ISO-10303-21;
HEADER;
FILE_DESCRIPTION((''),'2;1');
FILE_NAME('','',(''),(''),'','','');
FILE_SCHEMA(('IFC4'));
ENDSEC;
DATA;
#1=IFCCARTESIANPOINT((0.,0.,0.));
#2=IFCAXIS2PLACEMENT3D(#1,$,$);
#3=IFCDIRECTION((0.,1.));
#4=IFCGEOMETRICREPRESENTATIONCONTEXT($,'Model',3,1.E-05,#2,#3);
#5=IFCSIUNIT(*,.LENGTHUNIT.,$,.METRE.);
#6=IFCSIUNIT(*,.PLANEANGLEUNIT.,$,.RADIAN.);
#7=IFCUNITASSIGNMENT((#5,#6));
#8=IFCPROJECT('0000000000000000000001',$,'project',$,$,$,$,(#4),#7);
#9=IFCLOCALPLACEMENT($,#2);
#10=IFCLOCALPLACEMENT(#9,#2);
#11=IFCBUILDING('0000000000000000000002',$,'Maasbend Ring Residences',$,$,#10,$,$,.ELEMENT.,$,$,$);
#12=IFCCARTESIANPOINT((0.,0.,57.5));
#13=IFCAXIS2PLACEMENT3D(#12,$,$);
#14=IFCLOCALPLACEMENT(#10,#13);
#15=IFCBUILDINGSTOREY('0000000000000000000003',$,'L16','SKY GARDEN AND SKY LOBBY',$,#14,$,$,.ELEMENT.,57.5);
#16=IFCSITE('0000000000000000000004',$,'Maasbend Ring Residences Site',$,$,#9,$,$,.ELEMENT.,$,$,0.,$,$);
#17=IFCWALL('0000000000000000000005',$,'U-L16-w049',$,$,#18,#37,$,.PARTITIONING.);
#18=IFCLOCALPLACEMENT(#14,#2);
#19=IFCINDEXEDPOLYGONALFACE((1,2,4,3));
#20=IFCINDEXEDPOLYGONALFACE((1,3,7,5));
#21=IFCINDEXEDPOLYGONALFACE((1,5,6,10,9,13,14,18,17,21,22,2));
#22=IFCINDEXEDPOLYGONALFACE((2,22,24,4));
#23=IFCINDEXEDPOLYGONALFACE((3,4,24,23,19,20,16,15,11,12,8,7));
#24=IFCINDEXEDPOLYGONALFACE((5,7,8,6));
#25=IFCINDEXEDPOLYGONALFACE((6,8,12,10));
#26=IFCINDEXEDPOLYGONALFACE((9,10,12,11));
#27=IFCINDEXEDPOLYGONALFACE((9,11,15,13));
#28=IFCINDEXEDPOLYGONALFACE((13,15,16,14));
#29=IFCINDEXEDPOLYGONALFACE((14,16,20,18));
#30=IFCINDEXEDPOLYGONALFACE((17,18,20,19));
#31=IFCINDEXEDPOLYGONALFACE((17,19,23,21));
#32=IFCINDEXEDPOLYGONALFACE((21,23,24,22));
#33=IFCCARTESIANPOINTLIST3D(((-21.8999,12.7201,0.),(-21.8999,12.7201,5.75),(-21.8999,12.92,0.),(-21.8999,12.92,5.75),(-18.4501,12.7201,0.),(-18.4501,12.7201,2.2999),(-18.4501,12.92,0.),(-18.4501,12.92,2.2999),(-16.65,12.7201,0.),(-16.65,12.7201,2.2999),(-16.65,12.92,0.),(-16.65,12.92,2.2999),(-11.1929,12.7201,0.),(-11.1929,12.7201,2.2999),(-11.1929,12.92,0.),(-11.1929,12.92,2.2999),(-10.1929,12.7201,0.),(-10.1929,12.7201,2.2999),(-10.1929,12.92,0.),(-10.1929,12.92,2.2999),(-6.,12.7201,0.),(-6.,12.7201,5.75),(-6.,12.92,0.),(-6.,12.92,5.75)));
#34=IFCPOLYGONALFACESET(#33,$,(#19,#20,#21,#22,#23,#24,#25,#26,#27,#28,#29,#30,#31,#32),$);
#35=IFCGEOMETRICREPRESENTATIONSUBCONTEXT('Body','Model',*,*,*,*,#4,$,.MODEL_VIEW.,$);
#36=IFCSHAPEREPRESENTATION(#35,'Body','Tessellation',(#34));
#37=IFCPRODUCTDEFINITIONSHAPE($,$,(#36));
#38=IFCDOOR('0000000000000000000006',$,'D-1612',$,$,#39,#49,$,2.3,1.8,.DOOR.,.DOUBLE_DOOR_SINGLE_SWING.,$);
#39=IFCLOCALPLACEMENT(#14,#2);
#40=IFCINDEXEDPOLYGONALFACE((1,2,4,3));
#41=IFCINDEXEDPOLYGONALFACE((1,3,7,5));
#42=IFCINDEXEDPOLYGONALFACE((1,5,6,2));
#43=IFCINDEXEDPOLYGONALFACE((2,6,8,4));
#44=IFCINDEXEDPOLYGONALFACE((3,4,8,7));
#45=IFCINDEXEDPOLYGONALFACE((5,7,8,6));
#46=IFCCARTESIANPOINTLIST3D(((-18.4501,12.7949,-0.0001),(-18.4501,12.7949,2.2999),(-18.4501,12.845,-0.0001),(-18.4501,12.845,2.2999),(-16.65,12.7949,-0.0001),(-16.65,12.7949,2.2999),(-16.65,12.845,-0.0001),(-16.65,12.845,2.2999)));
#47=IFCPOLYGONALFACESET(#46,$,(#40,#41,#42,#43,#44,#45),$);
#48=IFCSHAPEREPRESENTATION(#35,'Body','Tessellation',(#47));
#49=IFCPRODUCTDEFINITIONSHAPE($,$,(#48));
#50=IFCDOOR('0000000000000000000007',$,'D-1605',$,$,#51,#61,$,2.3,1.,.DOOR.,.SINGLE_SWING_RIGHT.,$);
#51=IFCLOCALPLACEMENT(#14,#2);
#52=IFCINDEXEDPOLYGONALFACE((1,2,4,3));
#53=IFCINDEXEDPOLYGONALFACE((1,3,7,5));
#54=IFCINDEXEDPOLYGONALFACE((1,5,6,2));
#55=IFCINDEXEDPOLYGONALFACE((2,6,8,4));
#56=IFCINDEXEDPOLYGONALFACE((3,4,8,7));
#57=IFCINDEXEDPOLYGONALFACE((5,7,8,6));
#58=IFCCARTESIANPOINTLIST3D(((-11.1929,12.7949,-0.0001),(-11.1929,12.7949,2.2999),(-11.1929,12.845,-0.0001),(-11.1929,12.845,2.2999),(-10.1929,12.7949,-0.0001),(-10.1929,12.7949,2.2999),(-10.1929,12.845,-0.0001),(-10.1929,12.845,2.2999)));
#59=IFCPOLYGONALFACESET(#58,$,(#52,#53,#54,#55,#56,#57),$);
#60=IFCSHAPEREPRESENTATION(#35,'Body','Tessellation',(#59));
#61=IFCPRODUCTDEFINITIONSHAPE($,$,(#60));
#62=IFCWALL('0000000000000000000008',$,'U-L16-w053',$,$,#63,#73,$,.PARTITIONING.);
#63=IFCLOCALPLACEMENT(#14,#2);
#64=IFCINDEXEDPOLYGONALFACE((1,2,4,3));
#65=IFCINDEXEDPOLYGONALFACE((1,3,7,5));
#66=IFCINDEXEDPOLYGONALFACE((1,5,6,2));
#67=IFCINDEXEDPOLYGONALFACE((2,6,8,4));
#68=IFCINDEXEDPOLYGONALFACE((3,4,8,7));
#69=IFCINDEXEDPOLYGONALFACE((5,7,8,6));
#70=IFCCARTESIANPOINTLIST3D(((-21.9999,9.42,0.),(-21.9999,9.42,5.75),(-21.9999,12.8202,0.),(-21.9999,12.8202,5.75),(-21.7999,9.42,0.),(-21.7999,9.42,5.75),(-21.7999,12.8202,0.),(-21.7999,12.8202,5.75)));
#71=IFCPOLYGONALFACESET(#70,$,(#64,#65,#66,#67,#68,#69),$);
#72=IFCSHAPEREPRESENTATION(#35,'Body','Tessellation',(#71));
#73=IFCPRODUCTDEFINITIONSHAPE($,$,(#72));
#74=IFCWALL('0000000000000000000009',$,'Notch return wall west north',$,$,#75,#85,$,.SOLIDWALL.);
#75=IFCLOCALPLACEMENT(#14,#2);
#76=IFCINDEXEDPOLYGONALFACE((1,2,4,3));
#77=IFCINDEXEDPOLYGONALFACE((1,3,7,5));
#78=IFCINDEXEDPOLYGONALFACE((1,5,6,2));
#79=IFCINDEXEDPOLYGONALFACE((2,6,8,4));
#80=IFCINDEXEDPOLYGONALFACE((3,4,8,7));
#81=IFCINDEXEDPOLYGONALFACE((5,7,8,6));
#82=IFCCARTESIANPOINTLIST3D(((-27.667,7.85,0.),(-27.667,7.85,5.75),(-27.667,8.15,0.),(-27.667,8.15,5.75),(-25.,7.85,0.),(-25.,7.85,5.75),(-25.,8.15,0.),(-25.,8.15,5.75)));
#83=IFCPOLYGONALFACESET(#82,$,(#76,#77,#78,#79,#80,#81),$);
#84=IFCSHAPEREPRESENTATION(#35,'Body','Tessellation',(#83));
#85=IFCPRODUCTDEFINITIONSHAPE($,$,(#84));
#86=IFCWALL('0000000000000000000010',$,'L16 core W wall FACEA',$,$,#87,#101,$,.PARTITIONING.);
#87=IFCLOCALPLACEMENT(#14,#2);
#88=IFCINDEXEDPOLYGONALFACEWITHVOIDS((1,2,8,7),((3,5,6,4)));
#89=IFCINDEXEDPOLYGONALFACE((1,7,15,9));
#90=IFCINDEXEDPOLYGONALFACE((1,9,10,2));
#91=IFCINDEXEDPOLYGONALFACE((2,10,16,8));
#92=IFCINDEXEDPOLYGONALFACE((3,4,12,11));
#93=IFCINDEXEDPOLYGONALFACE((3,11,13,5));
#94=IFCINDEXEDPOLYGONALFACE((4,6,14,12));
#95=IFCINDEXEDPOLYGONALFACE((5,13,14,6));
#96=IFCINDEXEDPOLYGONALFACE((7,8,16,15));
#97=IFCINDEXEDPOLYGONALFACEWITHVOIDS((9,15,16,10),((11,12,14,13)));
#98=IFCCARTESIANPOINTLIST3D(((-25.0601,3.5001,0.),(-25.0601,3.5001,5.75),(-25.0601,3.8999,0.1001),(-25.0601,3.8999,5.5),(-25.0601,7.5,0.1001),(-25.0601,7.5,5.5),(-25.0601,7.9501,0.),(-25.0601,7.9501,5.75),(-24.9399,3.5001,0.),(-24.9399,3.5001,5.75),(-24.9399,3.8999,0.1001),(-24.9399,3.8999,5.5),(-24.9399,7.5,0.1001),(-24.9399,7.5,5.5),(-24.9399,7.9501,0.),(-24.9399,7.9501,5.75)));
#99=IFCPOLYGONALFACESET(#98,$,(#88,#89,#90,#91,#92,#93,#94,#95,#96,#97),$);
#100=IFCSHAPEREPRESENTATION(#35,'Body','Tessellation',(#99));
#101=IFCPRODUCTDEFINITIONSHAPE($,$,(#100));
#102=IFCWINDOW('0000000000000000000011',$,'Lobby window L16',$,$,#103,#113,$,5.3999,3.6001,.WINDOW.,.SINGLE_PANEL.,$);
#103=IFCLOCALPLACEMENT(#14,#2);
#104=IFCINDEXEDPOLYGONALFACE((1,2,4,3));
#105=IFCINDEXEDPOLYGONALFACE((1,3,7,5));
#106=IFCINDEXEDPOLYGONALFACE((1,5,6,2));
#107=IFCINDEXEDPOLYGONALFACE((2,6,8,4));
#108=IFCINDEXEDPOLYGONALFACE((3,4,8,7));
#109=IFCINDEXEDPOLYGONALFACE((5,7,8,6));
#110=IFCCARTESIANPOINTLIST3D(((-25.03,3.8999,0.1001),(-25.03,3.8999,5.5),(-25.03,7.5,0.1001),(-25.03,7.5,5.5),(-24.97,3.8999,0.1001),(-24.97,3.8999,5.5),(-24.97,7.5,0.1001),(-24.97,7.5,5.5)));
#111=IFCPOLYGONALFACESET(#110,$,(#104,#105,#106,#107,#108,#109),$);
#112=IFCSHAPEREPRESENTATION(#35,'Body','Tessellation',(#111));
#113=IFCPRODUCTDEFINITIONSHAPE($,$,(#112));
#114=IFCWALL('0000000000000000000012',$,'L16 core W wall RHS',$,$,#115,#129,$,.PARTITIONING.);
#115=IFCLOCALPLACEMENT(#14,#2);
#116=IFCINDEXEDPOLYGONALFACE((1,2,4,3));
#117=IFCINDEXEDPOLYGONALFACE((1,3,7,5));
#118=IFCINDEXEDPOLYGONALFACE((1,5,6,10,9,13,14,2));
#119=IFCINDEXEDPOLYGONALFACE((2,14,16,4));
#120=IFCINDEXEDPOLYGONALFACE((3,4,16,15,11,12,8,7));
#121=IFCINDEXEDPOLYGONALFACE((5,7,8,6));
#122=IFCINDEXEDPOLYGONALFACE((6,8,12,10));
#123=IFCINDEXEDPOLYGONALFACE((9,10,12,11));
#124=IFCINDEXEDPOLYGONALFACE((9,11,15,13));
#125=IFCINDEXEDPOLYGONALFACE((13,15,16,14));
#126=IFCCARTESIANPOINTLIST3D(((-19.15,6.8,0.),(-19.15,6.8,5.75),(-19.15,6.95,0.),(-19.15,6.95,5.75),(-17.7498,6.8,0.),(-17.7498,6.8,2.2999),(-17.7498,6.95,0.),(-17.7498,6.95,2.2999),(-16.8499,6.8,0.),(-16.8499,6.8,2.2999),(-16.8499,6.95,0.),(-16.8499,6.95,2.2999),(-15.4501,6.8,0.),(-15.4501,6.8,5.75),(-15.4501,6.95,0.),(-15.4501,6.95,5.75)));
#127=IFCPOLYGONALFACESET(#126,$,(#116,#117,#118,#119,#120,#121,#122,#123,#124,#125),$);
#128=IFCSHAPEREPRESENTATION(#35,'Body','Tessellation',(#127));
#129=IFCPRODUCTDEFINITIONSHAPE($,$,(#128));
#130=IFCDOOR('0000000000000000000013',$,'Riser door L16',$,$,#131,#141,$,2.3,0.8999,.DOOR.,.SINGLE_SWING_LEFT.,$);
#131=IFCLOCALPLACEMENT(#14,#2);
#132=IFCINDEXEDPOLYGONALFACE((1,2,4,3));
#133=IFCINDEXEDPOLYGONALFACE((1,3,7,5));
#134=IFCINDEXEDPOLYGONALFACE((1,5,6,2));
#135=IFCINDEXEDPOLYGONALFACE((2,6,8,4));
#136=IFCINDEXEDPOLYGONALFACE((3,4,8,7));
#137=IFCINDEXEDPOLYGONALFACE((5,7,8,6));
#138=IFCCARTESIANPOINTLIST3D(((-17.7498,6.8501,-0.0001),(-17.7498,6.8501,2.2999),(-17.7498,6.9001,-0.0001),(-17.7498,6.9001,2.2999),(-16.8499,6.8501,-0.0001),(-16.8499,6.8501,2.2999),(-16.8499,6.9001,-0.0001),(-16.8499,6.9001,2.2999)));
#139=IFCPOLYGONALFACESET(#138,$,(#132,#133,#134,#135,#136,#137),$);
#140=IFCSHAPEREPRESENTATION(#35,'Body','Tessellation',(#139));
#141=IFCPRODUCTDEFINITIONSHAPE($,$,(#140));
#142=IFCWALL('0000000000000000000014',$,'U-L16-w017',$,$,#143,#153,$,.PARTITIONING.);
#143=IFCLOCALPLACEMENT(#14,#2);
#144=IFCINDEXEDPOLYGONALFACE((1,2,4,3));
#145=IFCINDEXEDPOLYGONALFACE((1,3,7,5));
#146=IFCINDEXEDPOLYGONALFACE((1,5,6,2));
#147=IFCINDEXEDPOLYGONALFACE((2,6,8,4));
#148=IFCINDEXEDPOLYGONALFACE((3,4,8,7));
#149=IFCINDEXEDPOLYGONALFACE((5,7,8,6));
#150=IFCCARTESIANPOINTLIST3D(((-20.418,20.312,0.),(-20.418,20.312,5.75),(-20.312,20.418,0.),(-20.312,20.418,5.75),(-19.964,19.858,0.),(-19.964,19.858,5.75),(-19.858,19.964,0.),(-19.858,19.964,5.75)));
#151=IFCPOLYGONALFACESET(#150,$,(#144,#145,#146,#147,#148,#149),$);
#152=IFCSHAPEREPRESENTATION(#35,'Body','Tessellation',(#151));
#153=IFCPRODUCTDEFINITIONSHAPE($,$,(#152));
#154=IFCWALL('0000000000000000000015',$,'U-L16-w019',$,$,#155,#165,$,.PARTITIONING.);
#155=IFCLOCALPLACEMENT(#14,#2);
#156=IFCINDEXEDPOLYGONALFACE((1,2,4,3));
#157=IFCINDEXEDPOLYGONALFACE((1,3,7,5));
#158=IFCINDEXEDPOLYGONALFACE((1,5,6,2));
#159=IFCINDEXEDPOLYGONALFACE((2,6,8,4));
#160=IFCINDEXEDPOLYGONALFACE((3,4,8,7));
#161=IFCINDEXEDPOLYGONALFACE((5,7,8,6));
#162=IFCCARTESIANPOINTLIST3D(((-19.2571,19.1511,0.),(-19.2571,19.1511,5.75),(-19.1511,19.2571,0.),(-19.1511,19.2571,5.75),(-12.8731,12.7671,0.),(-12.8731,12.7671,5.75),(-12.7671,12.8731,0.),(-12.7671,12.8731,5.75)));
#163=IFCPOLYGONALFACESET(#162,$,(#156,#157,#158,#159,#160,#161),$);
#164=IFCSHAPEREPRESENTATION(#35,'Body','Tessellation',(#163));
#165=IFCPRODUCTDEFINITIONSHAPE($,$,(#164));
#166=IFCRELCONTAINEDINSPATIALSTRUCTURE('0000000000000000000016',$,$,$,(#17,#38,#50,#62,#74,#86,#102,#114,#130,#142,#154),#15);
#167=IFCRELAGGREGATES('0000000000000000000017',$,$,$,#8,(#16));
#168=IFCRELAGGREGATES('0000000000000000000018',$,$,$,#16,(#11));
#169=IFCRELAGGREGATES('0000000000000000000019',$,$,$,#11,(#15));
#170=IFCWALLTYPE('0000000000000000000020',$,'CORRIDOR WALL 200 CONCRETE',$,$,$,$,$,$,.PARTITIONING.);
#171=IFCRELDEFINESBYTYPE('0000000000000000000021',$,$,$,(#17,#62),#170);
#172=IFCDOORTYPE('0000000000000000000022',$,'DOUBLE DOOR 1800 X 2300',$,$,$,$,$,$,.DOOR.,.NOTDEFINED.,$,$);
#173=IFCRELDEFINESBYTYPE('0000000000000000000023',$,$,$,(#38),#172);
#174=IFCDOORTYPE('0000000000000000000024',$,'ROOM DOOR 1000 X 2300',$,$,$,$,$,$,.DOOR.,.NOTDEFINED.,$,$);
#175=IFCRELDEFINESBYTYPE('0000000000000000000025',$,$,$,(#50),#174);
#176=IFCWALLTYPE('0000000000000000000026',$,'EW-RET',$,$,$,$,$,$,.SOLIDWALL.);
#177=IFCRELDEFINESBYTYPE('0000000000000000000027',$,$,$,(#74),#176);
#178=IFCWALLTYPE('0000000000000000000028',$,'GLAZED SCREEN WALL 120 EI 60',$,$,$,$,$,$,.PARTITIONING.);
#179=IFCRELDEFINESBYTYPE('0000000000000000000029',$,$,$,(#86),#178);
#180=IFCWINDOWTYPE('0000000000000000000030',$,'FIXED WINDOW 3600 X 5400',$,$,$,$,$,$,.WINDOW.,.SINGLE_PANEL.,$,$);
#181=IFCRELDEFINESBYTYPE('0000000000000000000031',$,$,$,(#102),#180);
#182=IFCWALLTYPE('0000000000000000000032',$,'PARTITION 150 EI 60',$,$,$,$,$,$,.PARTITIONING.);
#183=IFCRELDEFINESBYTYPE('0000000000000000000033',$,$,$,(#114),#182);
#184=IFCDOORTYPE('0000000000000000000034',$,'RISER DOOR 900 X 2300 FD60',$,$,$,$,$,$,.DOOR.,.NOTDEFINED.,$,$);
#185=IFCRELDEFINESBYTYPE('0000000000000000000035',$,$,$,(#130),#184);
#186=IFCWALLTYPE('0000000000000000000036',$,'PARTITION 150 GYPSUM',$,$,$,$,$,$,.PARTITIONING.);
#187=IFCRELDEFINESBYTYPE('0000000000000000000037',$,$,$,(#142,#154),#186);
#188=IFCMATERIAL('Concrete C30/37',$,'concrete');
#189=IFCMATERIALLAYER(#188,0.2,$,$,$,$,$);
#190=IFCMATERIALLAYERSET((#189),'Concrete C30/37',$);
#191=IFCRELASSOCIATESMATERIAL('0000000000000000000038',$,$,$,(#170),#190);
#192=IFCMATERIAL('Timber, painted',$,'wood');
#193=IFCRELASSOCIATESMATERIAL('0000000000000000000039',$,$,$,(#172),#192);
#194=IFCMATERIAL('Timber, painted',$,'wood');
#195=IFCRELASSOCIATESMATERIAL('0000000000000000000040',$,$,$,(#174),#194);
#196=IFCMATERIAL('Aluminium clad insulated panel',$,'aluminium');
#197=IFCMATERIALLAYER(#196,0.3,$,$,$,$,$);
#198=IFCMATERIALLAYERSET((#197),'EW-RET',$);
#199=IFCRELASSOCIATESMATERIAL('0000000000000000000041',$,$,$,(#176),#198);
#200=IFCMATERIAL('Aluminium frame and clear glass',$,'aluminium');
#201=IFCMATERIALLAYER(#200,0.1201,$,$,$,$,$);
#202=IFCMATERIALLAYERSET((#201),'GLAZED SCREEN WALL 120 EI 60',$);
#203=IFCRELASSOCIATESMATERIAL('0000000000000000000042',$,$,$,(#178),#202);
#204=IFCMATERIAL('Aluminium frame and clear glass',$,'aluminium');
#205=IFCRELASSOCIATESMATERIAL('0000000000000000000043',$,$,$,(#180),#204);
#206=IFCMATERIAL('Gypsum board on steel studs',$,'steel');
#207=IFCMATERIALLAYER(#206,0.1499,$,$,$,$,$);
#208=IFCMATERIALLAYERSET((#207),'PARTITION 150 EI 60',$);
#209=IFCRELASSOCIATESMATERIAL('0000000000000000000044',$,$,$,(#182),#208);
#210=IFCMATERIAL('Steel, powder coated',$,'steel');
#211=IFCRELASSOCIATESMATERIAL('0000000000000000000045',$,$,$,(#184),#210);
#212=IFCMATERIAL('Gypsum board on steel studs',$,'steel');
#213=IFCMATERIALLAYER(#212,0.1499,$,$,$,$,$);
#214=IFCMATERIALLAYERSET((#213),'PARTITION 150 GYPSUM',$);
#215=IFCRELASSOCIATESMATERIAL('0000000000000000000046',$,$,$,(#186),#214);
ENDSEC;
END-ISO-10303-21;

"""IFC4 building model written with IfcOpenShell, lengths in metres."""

from ifc_helpers import new_model, si_unit, direction, frame, frame_2d, origin, place, context, subcontext, project, spatial, rectangle, extrude, material, layer, layer_set, type_object, element, fill, save


model = new_model("IFC4")

# Units and contexts
model_context = context("Model", 3, precision=1e-05, world=origin(), true_north=direction((0.0, 1.0)))
body_context = subcontext(model_context, "Body", "Model", "MODEL_VIEW")
ifc_project = project(units=[si_unit("LENGTHUNIT", "METRE"), si_unit("PLANEANGLEUNIT", "RADIAN")], contexts=[model_context])

# Site, building, storey
site_placement = place(None, origin())
site = spatial("IfcSite", under=ifc_project, at=site_placement, Name="Maasbend Ring Residences Site", CompositionType="ELEMENT", RefElevation=0.0)
building_placement = place(site_placement, origin())
building = spatial("IfcBuilding", under=site, at=building_placement, Name="Maasbend Ring Residences", CompositionType="ELEMENT")
storey_placement = place(building_placement, frame((0.0, 0.0, 57.5)))
storey = spatial("IfcBuildingStorey", under=building, at=storey_placement, Name="L16", Description="SKY GARDEN AND SKY LOBBY", CompositionType="ELEMENT", Elevation=57.5)

# Wall, openings, doors
ifc_material_1 = material(Name="Concrete C30/37", Category="concrete")
ifc_layer_1 = layer(ifc_material_1, 0.2)
ifc_layer_set_1 = layer_set([ifc_layer_1], Name="Concrete C30/37")
wall_type_1 = type_object("IfcWallType", Name="CORRIDOR WALL 200 CONCRETE", PredefinedType="PARTITIONING", material=ifc_layer_set_1)
wall_1_placement = place(storey_placement, frame((-21.8999, 12.8201, 0.0), z_axis=(0.0, 0.0, 1.0), x_axis=(1.0, 0.0, 0.0)))
wall_1 = element("IfcWall", 1, at=wall_1_placement, inside=storey, type_object=wall_type_1, Name="U-L16-w049", PredefinedType="PARTITIONING", context=body_context, shape_type="SweptSolid", body=[
    extrude(rectangle(XDim=15.8999, YDim=0.2, at=frame_2d((7.95, 0.0))), origin(), (0.0, 0.0, 1.0), 5.75),
])
opening_1_placement = place(wall_1_placement, frame((10.707, 0.0, 0.0)))
opening_1 = element("IfcOpeningElement", 2, at=opening_1_placement, cuts=wall_1, PredefinedType="OPENING", context=body_context, shape_type="SweptSolid", body=[
    extrude(rectangle(XDim=1.0, YDim=2.3, at=frame_2d((0.5, 1.1499))), frame((0.0, 0.1099, 0.0), z_axis=(0.0, -1.0, 0.0), x_axis=(1.0, 0.0, 0.0)), (0.0, 0.0, 1.0), 0.22),
])
opening_2_placement = place(wall_1_placement, frame((3.45, 0.0, 0.0)))
opening_2 = element("IfcOpeningElement", 3, at=opening_2_placement, cuts=wall_1, PredefinedType="OPENING", context=body_context, shape_type="SweptSolid", body=[
    extrude(rectangle(XDim=1.8, YDim=2.3, at=frame_2d((0.8999, 1.1499))), frame((0.0, 0.1099, 0.0), z_axis=(0.0, -1.0, 0.0), x_axis=(1.0, 0.0, 0.0)), (0.0, 0.0, 1.0), 0.22),
])
ifc_material_2 = material(Name="Timber, painted", Category="wood")
door_type_1 = type_object("IfcDoorType", Name="DOUBLE DOOR 1800 X 2300", OperationType="NOTDEFINED", PredefinedType="DOOR", material=ifc_material_2)
door_1_placement = place(opening_2_placement, origin())
door_1 = element("IfcDoor", 4, at=door_1_placement, inside=storey, type_object=door_type_1, Name="D-1612", OperationType="DOUBLE_DOOR_SINGLE_SWING", OverallHeight=2.3, OverallWidth=1.8, PredefinedType="DOOR", context=body_context, shape_type="SweptSolid", body=[
    extrude(rectangle(XDim=1.8, YDim=2.3, at=frame_2d((0.8999, 1.1499))), frame((0.0, 0.0249, 0.0), z_axis=(0.0, -1.0, 0.0), x_axis=(1.0, 0.0, 0.0)), (0.0, 0.0, 1.0), 0.05),
])
fill(opening_2, door_1)
ifc_material_3 = material(Name="Timber, painted", Category="wood")
door_type_2 = type_object("IfcDoorType", Name="ROOM DOOR 1000 X 2300", OperationType="NOTDEFINED", PredefinedType="DOOR", material=ifc_material_3)
door_2_placement = place(opening_1_placement, origin())
door_2 = element("IfcDoor", 5, at=door_2_placement, inside=storey, type_object=door_type_2, Name="D-1605", OperationType="SINGLE_SWING_RIGHT", OverallHeight=2.3, OverallWidth=1.0, PredefinedType="DOOR", context=body_context, shape_type="SweptSolid", body=[
    extrude(rectangle(XDim=1.0, YDim=2.3, at=frame_2d((0.5, 1.1499))), frame((0.0, 0.0249, 0.0), z_axis=(0.0, -1.0, 0.0), x_axis=(1.0, 0.0, 0.0)), (0.0, 0.0, 1.0), 0.05),
])
fill(opening_1, door_2)

# Walls
wall_2_placement = place(storey_placement, frame((-21.8999, 9.4199, 0.0), z_axis=(0.0, 0.0, 1.0), x_axis=(0.0, 1.0, 0.0)))
element("IfcWall", 6, at=wall_2_placement, inside=storey, type_object=wall_type_1, Name="U-L16-w053", PredefinedType="PARTITIONING", context=body_context, shape_type="SweptSolid", body=[
    extrude(rectangle(XDim=3.4001, YDim=0.2, at=frame_2d((1.7002, 0.0))), origin(), (0.0, 0.0, 1.0), 5.75),
])
ifc_material_4 = material(Name="Aluminium clad insulated panel", Category="aluminium")
ifc_layer_2 = layer(ifc_material_4, 0.3)
ifc_layer_set_2 = layer_set([ifc_layer_2], Name="EW-RET")
wall_type_2 = type_object("IfcWallType", Name="EW-RET", PredefinedType="SOLIDWALL", material=ifc_layer_set_2)
wall_3_placement = place(storey_placement, frame((-25.0, 8.0, 0.0), z_axis=(0.0, 0.0, 1.0), x_axis=(-1.0, 0.0, 0.0)))
element("IfcWall", 7, at=wall_3_placement, inside=storey, type_object=wall_type_2, Name="Notch return wall west north", PredefinedType="SOLIDWALL", context=body_context, shape_type="SweptSolid", body=[
    extrude(rectangle(XDim=2.667, YDim=0.3, at=frame_2d((1.3335, 0.0))), origin(), (0.0, 0.0, 1.0), 5.75),
])

# Wall, opening, window
ifc_material_5 = material(Name="Aluminium frame and clear glass", Category="aluminium")
ifc_layer_3 = layer(ifc_material_5, 0.1201)
ifc_layer_set_3 = layer_set([ifc_layer_3], Name="GLAZED SCREEN WALL 120 EI 60")
wall_type_3 = type_object("IfcWallType", Name="GLAZED SCREEN WALL 120 EI 60", PredefinedType="PARTITIONING", material=ifc_layer_set_3)
wall_4_placement = place(storey_placement, frame((-25.0, 3.5, 0.0), z_axis=(0.0, 0.0, 1.0), x_axis=(0.0, 1.0, 0.0)))
wall_4 = element("IfcWall", 8, at=wall_4_placement, inside=storey, type_object=wall_type_3, Name="L16 core W wall FACEA", PredefinedType="PARTITIONING", context=body_context, shape_type="SweptSolid", body=[
    extrude(rectangle(XDim=4.45, YDim=0.1201, at=frame_2d((2.2251, 0.0))), origin(), (0.0, 0.0, 1.0), 5.75),
])
opening_3_placement = place(wall_4_placement, frame((0.3999, 0.0, 0.1001)))
opening_3 = element("IfcOpeningElement", 9, at=opening_3_placement, cuts=wall_4, PredefinedType="OPENING", context=body_context, shape_type="SweptSolid", body=[
    extrude(rectangle(XDim=3.6001, YDim=5.3999, at=frame_2d((1.8, 2.7))), frame((0.0, 0.0701, 0.0), z_axis=(0.0, -1.0, 0.0), x_axis=(1.0, 0.0, 0.0)), (0.0, 0.0, 1.0), 0.1401),
])
ifc_material_6 = material(Name="Aluminium frame and clear glass", Category="aluminium")
window_type = type_object("IfcWindowType", Name="FIXED WINDOW 3600 X 5400", PartitioningType="SINGLE_PANEL", PredefinedType="WINDOW", material=ifc_material_6)
window_placement = place(opening_3_placement, origin())
window = element("IfcWindow", 10, at=window_placement, inside=storey, type_object=window_type, Name="Lobby window L16", OverallHeight=5.3999, OverallWidth=3.6001, PartitioningType="SINGLE_PANEL", PredefinedType="WINDOW", context=body_context, shape_type="SweptSolid", body=[
    extrude(rectangle(XDim=3.6001, YDim=5.3999, at=frame_2d((1.8, 2.7))), frame((0.0, 0.03, 0.0), z_axis=(0.0, -1.0, 0.0), x_axis=(1.0, 0.0, 0.0)), (0.0, 0.0, 1.0), 0.0601),
])
fill(opening_3, window)

# Wall, opening, door
ifc_material_7 = material(Name="Gypsum board on steel studs", Category="steel")
ifc_layer_4 = layer(ifc_material_7, 0.1499)
ifc_layer_set_4 = layer_set([ifc_layer_4], Name="PARTITION 150 EI 60")
wall_type_4 = type_object("IfcWallType", Name="PARTITION 150 EI 60", PredefinedType="PARTITIONING", material=ifc_layer_set_4)
wall_5_placement = place(storey_placement, frame((-15.45, 6.875, 0.0), z_axis=(0.0, 0.0, 1.0), x_axis=(-1.0, 0.0, 0.0)))
wall_5 = element("IfcWall", 11, at=wall_5_placement, inside=storey, type_object=wall_type_4, Name="L16 core W wall RHS", PredefinedType="PARTITIONING", context=body_context, shape_type="SweptSolid", body=[
    extrude(rectangle(XDim=3.7, YDim=0.1499, at=frame_2d((1.8501, 0.0))), origin(), (0.0, 0.0, 1.0), 5.75),
])
opening_4_placement = place(wall_5_placement, frame((1.3999, 0.0, 0.0)))
opening_4 = element("IfcOpeningElement", 12, at=opening_4_placement, cuts=wall_5, PredefinedType="OPENING", context=body_context, shape_type="SweptSolid", body=[
    extrude(rectangle(XDim=0.8999, YDim=2.3, at=frame_2d((0.45, 1.1499))), frame((0.0, 0.085, 0.0), z_axis=(0.0, -1.0, 0.0), x_axis=(1.0, 0.0, 0.0)), (0.0, 0.0, 1.0), 0.1699),
])
ifc_material_8 = material(Name="Steel, powder coated", Category="steel")
door_type_3 = type_object("IfcDoorType", Name="RISER DOOR 900 X 2300 FD60", OperationType="NOTDEFINED", PredefinedType="DOOR", material=ifc_material_8)
door_3_placement = place(opening_4_placement, origin())
door_3 = element("IfcDoor", 13, at=door_3_placement, inside=storey, type_object=door_type_3, Name="Riser door L16", OperationType="SINGLE_SWING_LEFT", OverallHeight=2.3, OverallWidth=0.8999, PredefinedType="DOOR", context=body_context, shape_type="SweptSolid", body=[
    extrude(rectangle(XDim=0.8999, YDim=2.3, at=frame_2d((0.45, 1.1499))), frame((0.0, 0.0249, 0.0), z_axis=(0.0, -1.0, 0.0), x_axis=(1.0, 0.0, 0.0)), (0.0, 0.0, 1.0), 0.05),
])
fill(opening_4, door_3)

# Walls
ifc_material_9 = material(Name="Gypsum board on steel studs", Category="steel")
ifc_layer_5 = layer(ifc_material_9, 0.1499)
ifc_layer_set_5 = layer_set([ifc_layer_5], Name="PARTITION 150 GYPSUM")
wall_type_5 = type_object("IfcWallType", Name="PARTITION 150 GYPSUM", PredefinedType="PARTITIONING", material=ifc_layer_set_5)
wall_6_placement = place(storey_placement, frame((-20.365, 20.365, 0.0), z_axis=(0.0, 0.0, 1.0), x_axis=(0.707107, -0.707107, 0.0)))
element("IfcWall", 14, at=wall_6_placement, inside=storey, type_object=wall_type_5, Name="U-L16-w017", PredefinedType="PARTITIONING", context=body_context, shape_type="SweptSolid", body=[
    extrude(rectangle(XDim=0.6421, YDim=0.1499, at=frame_2d((0.321, 0.0))), origin(), (0.0, 0.0, 1.0), 5.75),
])
wall_7_placement = place(storey_placement, frame((-19.2041, 19.2041, 0.0), z_axis=(0.0, 0.0, 1.0), x_axis=(0.707107, -0.707107, 0.0)))
element("IfcWall", 15, at=wall_7_placement, inside=storey, type_object=wall_type_5, Name="U-L16-w019", PredefinedType="PARTITIONING", context=body_context, shape_type="SweptSolid", body=[
    extrude(rectangle(XDim=9.0283, YDim=0.1499, at=frame_2d((4.5142, 0.0))), origin(), (0.0, 0.0, 1.0), 5.75),
])

save(model, "model.ifc")
